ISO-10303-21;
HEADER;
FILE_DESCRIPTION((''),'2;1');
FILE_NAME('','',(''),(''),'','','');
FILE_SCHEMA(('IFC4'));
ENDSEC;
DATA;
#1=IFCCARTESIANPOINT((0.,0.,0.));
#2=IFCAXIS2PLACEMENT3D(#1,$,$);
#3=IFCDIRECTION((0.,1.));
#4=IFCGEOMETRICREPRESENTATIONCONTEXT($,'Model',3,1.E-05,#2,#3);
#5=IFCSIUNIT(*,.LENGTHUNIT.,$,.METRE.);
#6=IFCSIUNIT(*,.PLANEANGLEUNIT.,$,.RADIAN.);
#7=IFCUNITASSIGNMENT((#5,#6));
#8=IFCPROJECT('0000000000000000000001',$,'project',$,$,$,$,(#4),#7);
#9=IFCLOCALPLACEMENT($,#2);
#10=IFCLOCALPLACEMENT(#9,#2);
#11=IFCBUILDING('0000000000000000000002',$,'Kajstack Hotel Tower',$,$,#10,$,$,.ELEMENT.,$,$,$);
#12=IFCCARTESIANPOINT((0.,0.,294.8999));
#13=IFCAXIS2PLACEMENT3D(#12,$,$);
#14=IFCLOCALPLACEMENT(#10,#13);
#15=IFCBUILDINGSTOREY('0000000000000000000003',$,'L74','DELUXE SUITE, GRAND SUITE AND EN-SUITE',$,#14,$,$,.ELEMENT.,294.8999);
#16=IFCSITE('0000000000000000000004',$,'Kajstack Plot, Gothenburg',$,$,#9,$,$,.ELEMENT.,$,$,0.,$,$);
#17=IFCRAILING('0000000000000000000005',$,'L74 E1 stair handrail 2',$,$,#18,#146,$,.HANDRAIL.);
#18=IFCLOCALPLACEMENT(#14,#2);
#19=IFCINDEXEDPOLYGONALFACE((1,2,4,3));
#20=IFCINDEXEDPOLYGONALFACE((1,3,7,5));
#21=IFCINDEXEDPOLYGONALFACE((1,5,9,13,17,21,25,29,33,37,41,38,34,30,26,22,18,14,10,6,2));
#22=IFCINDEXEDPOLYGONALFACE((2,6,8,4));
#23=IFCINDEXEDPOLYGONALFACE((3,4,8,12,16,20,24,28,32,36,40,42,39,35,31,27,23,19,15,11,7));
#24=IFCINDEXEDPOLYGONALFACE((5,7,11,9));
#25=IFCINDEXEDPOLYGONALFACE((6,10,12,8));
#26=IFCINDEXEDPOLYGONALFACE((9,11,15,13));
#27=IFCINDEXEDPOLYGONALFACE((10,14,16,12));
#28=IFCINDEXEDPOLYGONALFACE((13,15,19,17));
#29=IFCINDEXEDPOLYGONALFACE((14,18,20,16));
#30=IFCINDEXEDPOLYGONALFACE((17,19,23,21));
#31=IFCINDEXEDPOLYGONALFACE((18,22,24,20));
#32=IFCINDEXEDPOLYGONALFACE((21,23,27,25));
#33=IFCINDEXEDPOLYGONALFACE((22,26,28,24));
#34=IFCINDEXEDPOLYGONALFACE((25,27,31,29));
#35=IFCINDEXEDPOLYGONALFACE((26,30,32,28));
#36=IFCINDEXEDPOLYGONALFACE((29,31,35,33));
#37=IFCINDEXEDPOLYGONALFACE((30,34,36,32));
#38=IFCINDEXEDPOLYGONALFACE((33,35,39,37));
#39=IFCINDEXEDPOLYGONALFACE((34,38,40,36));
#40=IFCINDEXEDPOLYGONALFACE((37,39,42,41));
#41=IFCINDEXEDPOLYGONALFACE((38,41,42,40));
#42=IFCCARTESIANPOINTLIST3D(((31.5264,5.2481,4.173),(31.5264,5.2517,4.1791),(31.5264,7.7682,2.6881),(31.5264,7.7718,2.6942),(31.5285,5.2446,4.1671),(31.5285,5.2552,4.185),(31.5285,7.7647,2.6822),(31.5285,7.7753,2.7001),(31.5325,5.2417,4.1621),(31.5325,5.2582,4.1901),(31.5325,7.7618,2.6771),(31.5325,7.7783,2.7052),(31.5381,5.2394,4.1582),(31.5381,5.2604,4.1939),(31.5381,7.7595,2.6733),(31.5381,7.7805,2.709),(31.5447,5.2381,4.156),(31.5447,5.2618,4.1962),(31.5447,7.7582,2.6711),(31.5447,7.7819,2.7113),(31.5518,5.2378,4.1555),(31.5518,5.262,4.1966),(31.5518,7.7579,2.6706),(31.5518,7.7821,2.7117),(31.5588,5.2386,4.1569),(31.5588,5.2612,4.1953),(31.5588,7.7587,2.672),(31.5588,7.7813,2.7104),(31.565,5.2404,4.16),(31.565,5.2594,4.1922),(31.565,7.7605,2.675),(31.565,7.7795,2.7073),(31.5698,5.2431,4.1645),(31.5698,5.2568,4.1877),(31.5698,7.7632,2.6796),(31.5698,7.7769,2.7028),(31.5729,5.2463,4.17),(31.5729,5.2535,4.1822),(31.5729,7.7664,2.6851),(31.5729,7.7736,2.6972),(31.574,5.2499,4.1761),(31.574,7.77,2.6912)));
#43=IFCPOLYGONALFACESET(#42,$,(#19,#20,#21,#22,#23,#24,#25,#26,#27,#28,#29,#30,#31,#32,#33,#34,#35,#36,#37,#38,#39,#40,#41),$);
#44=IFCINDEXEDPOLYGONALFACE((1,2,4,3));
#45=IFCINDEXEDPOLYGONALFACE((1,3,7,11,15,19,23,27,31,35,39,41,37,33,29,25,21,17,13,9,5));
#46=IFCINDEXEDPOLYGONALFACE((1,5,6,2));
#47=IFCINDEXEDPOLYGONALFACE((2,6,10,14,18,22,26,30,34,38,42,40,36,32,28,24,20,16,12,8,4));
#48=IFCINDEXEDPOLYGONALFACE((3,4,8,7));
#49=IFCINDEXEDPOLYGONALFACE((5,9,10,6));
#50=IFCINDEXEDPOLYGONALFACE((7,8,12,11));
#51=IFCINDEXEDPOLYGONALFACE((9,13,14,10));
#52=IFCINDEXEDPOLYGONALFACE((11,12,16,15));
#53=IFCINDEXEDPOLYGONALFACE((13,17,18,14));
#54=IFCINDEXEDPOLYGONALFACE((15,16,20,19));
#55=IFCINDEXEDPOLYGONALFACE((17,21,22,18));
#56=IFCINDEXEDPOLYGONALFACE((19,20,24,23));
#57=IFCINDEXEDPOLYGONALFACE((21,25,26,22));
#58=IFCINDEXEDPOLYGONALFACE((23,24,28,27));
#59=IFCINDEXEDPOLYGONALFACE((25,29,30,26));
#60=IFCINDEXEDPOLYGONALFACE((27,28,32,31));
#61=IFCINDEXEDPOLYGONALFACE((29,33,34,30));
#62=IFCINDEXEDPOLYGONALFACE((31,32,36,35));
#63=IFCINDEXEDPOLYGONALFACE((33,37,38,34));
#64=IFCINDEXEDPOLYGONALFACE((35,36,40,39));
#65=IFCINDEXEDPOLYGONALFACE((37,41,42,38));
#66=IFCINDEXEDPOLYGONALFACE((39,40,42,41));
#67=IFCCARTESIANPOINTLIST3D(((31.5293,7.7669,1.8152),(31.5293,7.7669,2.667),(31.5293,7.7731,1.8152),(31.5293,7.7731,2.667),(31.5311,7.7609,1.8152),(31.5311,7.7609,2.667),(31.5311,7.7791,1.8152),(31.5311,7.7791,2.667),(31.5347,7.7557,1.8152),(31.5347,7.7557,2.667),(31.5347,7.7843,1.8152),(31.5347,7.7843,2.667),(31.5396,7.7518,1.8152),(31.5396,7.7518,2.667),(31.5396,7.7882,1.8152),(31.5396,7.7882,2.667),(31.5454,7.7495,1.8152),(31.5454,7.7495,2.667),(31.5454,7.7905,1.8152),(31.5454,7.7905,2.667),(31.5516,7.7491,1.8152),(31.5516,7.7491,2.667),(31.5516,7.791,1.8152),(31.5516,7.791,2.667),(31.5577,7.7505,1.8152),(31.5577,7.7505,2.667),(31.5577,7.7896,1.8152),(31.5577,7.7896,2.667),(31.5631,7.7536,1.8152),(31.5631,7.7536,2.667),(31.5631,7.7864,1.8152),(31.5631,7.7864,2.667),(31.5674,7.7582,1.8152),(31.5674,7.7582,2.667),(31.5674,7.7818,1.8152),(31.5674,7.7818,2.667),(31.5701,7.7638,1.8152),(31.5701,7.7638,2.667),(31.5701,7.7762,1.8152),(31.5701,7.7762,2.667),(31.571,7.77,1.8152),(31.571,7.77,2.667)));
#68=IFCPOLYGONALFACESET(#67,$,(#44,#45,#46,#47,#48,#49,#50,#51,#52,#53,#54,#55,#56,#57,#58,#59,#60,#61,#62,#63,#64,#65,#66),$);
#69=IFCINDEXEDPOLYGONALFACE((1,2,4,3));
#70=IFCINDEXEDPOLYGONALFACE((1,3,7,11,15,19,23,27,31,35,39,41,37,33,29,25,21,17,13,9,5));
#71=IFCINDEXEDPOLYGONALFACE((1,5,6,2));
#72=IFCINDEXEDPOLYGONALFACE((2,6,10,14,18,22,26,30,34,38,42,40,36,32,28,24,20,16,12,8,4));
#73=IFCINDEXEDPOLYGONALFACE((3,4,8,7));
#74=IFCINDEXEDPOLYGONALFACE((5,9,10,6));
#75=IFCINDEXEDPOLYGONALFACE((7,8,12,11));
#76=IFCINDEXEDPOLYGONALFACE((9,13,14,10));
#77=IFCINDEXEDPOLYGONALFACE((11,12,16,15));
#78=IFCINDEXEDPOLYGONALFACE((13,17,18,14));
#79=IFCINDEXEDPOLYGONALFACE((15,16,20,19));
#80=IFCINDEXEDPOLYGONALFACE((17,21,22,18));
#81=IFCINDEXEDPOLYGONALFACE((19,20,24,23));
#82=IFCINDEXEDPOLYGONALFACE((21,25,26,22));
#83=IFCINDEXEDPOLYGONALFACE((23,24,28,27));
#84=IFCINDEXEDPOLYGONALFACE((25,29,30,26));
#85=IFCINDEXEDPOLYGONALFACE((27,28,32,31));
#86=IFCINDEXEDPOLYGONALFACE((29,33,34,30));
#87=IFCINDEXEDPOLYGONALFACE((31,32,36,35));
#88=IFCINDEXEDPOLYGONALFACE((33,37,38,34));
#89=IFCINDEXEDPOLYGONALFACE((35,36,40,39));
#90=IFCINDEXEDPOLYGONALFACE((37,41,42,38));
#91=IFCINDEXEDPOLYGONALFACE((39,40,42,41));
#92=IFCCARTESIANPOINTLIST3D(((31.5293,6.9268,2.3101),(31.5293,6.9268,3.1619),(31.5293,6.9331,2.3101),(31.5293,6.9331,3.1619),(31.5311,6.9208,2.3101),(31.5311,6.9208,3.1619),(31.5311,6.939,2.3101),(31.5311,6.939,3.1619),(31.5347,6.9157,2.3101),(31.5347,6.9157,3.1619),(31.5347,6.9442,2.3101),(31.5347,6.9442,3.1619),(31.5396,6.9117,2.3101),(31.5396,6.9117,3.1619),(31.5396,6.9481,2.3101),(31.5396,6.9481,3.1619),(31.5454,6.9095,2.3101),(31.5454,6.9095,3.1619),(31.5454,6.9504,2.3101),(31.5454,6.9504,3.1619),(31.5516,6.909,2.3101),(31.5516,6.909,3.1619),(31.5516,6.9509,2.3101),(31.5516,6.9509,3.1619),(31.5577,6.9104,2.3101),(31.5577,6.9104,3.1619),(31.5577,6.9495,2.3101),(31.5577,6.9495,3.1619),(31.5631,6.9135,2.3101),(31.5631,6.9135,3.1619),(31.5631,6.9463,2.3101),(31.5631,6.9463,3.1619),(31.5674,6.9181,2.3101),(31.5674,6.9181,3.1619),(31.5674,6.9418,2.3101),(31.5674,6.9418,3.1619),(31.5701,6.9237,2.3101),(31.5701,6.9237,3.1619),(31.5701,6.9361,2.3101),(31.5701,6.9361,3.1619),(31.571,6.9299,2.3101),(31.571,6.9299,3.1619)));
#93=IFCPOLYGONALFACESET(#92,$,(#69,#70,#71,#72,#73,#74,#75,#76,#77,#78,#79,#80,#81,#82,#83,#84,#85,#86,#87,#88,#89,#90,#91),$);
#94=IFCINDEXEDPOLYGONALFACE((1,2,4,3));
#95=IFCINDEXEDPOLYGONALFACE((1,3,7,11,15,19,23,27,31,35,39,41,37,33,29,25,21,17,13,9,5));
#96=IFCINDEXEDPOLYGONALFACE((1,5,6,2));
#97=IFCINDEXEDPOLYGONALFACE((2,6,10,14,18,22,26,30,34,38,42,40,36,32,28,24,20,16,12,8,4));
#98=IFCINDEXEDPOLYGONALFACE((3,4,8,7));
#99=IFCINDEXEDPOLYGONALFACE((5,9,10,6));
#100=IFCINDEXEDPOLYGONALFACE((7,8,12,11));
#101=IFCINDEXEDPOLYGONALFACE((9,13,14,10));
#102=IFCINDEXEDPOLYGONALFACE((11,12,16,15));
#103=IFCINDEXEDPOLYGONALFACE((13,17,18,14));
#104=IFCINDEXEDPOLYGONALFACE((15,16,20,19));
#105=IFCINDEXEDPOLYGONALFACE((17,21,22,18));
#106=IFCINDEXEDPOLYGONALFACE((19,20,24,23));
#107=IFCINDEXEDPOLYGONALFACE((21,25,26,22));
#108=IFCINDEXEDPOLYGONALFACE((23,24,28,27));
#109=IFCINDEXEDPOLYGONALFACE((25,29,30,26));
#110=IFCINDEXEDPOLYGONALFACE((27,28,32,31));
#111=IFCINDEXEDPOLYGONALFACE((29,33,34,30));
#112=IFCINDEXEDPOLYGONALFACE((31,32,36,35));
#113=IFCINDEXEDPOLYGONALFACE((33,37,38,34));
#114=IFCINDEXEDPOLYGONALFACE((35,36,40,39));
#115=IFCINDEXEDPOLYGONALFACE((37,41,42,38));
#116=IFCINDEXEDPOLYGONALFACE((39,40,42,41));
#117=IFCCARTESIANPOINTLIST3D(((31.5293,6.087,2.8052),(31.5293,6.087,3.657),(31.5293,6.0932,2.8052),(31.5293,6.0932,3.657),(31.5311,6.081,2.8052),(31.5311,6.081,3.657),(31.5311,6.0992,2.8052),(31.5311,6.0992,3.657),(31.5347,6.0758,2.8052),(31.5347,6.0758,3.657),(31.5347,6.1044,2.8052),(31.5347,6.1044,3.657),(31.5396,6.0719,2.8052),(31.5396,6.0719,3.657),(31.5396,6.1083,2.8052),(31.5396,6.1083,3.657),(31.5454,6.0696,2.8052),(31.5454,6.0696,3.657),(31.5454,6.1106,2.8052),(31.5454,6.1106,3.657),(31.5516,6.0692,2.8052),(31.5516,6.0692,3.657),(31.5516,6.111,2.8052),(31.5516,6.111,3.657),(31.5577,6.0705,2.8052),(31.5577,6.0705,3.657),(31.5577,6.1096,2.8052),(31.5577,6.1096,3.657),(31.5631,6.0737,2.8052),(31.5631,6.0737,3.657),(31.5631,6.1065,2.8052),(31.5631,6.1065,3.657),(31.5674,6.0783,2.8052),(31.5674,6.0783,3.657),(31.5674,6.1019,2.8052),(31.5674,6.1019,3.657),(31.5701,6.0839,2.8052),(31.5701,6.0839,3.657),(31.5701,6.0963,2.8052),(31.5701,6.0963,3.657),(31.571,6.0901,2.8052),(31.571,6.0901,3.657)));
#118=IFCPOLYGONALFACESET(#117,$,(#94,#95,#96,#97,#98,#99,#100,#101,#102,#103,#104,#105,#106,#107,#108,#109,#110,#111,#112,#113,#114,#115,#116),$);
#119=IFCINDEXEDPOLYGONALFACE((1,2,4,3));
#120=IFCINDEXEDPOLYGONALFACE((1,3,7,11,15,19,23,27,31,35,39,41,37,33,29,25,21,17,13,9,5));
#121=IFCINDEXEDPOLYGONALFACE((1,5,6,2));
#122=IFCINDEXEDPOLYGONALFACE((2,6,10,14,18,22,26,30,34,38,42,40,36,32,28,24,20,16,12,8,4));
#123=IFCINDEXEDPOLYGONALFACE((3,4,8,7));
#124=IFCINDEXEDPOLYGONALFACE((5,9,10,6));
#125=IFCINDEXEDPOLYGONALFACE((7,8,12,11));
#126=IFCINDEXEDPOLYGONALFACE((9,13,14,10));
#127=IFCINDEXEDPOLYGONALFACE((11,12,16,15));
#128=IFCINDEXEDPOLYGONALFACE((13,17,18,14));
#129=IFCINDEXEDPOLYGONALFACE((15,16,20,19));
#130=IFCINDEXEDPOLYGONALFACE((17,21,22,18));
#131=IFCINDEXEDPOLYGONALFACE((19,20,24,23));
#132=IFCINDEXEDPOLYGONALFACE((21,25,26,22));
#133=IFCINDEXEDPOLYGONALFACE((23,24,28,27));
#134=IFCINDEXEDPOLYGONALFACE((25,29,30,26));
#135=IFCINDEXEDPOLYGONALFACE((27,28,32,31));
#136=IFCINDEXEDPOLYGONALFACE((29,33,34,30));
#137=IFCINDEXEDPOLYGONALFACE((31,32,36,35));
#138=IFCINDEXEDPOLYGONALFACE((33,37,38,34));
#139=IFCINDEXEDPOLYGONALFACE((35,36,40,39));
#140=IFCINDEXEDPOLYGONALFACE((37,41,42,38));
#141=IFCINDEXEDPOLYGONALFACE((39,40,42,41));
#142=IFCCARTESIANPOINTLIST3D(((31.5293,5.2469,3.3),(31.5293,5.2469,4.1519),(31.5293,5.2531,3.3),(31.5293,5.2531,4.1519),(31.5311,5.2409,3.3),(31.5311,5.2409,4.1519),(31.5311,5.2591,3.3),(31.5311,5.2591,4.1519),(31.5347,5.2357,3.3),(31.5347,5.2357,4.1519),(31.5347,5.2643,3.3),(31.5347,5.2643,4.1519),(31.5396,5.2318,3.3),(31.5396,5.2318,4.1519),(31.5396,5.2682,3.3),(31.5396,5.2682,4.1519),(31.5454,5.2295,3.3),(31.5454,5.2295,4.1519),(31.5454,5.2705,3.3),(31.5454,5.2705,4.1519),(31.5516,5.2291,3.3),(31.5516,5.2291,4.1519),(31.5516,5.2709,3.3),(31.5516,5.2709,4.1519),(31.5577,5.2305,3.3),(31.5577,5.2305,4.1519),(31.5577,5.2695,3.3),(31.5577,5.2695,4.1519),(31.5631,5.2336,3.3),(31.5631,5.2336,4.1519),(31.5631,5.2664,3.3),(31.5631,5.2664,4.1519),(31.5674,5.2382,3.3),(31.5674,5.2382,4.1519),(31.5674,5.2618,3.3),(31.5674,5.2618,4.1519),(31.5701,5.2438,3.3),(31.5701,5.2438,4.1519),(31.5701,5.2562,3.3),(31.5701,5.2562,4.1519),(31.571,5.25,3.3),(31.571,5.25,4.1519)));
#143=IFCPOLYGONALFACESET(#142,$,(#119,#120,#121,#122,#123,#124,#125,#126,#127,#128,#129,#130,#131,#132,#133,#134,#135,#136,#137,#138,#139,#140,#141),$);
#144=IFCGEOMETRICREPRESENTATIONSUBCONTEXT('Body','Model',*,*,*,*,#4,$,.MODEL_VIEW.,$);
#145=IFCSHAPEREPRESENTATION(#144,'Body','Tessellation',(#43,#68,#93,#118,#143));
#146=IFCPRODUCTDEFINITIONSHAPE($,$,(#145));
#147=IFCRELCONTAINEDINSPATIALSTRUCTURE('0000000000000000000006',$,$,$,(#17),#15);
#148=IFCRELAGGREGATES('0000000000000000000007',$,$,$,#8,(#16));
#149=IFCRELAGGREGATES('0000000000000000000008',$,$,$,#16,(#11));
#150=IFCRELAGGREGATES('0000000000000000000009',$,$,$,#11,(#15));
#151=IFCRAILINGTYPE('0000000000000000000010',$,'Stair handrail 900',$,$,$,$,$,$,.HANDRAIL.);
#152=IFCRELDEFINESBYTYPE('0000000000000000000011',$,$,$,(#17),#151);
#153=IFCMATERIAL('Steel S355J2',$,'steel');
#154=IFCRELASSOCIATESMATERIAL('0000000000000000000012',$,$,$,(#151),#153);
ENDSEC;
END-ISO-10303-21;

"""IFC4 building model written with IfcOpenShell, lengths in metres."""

from ifc_helpers import new_model, si_unit, direction, frame, origin, origin_2d, place, context, subcontext, project, spatial, circle, extrude, material, type_object, element, save


model = new_model("IFC4")

# Units and contexts
model_context = context("Model", 3, precision=1e-05, world=origin(), true_north=direction((0.0, 1.0)))
body_context = subcontext(model_context, "Body", "Model", "MODEL_VIEW")
ifc_project = project(units=[si_unit("LENGTHUNIT", "METRE"), si_unit("PLANEANGLEUNIT", "RADIAN")], contexts=[model_context])

# Site, building, storey
site_placement = place(None, origin())
site = spatial("IfcSite", under=ifc_project, at=site_placement, Name="Kajstack Plot, Gothenburg", CompositionType="ELEMENT", RefElevation=0.0)
building_placement = place(site_placement, origin())
building = spatial("IfcBuilding", under=site, at=building_placement, Name="Kajstack Hotel Tower", CompositionType="ELEMENT")
storey_placement = place(building_placement, frame((0.0, 0.0, 294.8999)))
storey = spatial("IfcBuildingStorey", under=building, at=storey_placement, Name="L74", Description="DELUXE SUITE, GRAND SUITE AND EN-SUITE", CompositionType="ELEMENT", Elevation=294.8999)

# Railing
ifc_material_1 = material(Name="Steel S355J2", Category="steel")
railing_type_1 = type_object("IfcRailingType", Name="Stair handrail 900", PredefinedType="HANDRAIL", material=ifc_material_1)
railing_1_placement = place(storey_placement, frame((31.55, 7.77, 1.8152)))
element("IfcRailing", 1, at=railing_1_placement, inside=storey, type_object=railing_type_1, Name="L74 E1 stair handrail 2", PredefinedType="HANDRAIL", context=body_context, shape_type="SweptSolid", body=[
    extrude(circle(Radius=0.0239, at=origin_2d()), frame((0.0, 0.0, 0.876), z_axis=(0.0, -0.861561, 0.507655), x_axis=(1.0, 0.0, 0.0)), (0.0, 0.0, 1.0), 2.925),
    extrude(circle(Radius=0.021, at=origin_2d()), origin(), (0.0, 0.0, 1.0), 0.8518),
    extrude(circle(Radius=0.021, at=origin_2d()), frame((0.0, -0.8401, 0.4949)), (0.0, 0.0, 1.0), 0.8518),
    extrude(circle(Radius=0.021, at=origin_2d()), frame((0.0, -1.6799, 0.99)), (0.0, 0.0, 1.0), 0.8518),
    extrude(circle(Radius=0.021, at=origin_2d()), frame((0.0, -2.52, 1.4849)), (0.0, 0.0, 1.0), 0.8518),
])

save(model, "model.ifc")
